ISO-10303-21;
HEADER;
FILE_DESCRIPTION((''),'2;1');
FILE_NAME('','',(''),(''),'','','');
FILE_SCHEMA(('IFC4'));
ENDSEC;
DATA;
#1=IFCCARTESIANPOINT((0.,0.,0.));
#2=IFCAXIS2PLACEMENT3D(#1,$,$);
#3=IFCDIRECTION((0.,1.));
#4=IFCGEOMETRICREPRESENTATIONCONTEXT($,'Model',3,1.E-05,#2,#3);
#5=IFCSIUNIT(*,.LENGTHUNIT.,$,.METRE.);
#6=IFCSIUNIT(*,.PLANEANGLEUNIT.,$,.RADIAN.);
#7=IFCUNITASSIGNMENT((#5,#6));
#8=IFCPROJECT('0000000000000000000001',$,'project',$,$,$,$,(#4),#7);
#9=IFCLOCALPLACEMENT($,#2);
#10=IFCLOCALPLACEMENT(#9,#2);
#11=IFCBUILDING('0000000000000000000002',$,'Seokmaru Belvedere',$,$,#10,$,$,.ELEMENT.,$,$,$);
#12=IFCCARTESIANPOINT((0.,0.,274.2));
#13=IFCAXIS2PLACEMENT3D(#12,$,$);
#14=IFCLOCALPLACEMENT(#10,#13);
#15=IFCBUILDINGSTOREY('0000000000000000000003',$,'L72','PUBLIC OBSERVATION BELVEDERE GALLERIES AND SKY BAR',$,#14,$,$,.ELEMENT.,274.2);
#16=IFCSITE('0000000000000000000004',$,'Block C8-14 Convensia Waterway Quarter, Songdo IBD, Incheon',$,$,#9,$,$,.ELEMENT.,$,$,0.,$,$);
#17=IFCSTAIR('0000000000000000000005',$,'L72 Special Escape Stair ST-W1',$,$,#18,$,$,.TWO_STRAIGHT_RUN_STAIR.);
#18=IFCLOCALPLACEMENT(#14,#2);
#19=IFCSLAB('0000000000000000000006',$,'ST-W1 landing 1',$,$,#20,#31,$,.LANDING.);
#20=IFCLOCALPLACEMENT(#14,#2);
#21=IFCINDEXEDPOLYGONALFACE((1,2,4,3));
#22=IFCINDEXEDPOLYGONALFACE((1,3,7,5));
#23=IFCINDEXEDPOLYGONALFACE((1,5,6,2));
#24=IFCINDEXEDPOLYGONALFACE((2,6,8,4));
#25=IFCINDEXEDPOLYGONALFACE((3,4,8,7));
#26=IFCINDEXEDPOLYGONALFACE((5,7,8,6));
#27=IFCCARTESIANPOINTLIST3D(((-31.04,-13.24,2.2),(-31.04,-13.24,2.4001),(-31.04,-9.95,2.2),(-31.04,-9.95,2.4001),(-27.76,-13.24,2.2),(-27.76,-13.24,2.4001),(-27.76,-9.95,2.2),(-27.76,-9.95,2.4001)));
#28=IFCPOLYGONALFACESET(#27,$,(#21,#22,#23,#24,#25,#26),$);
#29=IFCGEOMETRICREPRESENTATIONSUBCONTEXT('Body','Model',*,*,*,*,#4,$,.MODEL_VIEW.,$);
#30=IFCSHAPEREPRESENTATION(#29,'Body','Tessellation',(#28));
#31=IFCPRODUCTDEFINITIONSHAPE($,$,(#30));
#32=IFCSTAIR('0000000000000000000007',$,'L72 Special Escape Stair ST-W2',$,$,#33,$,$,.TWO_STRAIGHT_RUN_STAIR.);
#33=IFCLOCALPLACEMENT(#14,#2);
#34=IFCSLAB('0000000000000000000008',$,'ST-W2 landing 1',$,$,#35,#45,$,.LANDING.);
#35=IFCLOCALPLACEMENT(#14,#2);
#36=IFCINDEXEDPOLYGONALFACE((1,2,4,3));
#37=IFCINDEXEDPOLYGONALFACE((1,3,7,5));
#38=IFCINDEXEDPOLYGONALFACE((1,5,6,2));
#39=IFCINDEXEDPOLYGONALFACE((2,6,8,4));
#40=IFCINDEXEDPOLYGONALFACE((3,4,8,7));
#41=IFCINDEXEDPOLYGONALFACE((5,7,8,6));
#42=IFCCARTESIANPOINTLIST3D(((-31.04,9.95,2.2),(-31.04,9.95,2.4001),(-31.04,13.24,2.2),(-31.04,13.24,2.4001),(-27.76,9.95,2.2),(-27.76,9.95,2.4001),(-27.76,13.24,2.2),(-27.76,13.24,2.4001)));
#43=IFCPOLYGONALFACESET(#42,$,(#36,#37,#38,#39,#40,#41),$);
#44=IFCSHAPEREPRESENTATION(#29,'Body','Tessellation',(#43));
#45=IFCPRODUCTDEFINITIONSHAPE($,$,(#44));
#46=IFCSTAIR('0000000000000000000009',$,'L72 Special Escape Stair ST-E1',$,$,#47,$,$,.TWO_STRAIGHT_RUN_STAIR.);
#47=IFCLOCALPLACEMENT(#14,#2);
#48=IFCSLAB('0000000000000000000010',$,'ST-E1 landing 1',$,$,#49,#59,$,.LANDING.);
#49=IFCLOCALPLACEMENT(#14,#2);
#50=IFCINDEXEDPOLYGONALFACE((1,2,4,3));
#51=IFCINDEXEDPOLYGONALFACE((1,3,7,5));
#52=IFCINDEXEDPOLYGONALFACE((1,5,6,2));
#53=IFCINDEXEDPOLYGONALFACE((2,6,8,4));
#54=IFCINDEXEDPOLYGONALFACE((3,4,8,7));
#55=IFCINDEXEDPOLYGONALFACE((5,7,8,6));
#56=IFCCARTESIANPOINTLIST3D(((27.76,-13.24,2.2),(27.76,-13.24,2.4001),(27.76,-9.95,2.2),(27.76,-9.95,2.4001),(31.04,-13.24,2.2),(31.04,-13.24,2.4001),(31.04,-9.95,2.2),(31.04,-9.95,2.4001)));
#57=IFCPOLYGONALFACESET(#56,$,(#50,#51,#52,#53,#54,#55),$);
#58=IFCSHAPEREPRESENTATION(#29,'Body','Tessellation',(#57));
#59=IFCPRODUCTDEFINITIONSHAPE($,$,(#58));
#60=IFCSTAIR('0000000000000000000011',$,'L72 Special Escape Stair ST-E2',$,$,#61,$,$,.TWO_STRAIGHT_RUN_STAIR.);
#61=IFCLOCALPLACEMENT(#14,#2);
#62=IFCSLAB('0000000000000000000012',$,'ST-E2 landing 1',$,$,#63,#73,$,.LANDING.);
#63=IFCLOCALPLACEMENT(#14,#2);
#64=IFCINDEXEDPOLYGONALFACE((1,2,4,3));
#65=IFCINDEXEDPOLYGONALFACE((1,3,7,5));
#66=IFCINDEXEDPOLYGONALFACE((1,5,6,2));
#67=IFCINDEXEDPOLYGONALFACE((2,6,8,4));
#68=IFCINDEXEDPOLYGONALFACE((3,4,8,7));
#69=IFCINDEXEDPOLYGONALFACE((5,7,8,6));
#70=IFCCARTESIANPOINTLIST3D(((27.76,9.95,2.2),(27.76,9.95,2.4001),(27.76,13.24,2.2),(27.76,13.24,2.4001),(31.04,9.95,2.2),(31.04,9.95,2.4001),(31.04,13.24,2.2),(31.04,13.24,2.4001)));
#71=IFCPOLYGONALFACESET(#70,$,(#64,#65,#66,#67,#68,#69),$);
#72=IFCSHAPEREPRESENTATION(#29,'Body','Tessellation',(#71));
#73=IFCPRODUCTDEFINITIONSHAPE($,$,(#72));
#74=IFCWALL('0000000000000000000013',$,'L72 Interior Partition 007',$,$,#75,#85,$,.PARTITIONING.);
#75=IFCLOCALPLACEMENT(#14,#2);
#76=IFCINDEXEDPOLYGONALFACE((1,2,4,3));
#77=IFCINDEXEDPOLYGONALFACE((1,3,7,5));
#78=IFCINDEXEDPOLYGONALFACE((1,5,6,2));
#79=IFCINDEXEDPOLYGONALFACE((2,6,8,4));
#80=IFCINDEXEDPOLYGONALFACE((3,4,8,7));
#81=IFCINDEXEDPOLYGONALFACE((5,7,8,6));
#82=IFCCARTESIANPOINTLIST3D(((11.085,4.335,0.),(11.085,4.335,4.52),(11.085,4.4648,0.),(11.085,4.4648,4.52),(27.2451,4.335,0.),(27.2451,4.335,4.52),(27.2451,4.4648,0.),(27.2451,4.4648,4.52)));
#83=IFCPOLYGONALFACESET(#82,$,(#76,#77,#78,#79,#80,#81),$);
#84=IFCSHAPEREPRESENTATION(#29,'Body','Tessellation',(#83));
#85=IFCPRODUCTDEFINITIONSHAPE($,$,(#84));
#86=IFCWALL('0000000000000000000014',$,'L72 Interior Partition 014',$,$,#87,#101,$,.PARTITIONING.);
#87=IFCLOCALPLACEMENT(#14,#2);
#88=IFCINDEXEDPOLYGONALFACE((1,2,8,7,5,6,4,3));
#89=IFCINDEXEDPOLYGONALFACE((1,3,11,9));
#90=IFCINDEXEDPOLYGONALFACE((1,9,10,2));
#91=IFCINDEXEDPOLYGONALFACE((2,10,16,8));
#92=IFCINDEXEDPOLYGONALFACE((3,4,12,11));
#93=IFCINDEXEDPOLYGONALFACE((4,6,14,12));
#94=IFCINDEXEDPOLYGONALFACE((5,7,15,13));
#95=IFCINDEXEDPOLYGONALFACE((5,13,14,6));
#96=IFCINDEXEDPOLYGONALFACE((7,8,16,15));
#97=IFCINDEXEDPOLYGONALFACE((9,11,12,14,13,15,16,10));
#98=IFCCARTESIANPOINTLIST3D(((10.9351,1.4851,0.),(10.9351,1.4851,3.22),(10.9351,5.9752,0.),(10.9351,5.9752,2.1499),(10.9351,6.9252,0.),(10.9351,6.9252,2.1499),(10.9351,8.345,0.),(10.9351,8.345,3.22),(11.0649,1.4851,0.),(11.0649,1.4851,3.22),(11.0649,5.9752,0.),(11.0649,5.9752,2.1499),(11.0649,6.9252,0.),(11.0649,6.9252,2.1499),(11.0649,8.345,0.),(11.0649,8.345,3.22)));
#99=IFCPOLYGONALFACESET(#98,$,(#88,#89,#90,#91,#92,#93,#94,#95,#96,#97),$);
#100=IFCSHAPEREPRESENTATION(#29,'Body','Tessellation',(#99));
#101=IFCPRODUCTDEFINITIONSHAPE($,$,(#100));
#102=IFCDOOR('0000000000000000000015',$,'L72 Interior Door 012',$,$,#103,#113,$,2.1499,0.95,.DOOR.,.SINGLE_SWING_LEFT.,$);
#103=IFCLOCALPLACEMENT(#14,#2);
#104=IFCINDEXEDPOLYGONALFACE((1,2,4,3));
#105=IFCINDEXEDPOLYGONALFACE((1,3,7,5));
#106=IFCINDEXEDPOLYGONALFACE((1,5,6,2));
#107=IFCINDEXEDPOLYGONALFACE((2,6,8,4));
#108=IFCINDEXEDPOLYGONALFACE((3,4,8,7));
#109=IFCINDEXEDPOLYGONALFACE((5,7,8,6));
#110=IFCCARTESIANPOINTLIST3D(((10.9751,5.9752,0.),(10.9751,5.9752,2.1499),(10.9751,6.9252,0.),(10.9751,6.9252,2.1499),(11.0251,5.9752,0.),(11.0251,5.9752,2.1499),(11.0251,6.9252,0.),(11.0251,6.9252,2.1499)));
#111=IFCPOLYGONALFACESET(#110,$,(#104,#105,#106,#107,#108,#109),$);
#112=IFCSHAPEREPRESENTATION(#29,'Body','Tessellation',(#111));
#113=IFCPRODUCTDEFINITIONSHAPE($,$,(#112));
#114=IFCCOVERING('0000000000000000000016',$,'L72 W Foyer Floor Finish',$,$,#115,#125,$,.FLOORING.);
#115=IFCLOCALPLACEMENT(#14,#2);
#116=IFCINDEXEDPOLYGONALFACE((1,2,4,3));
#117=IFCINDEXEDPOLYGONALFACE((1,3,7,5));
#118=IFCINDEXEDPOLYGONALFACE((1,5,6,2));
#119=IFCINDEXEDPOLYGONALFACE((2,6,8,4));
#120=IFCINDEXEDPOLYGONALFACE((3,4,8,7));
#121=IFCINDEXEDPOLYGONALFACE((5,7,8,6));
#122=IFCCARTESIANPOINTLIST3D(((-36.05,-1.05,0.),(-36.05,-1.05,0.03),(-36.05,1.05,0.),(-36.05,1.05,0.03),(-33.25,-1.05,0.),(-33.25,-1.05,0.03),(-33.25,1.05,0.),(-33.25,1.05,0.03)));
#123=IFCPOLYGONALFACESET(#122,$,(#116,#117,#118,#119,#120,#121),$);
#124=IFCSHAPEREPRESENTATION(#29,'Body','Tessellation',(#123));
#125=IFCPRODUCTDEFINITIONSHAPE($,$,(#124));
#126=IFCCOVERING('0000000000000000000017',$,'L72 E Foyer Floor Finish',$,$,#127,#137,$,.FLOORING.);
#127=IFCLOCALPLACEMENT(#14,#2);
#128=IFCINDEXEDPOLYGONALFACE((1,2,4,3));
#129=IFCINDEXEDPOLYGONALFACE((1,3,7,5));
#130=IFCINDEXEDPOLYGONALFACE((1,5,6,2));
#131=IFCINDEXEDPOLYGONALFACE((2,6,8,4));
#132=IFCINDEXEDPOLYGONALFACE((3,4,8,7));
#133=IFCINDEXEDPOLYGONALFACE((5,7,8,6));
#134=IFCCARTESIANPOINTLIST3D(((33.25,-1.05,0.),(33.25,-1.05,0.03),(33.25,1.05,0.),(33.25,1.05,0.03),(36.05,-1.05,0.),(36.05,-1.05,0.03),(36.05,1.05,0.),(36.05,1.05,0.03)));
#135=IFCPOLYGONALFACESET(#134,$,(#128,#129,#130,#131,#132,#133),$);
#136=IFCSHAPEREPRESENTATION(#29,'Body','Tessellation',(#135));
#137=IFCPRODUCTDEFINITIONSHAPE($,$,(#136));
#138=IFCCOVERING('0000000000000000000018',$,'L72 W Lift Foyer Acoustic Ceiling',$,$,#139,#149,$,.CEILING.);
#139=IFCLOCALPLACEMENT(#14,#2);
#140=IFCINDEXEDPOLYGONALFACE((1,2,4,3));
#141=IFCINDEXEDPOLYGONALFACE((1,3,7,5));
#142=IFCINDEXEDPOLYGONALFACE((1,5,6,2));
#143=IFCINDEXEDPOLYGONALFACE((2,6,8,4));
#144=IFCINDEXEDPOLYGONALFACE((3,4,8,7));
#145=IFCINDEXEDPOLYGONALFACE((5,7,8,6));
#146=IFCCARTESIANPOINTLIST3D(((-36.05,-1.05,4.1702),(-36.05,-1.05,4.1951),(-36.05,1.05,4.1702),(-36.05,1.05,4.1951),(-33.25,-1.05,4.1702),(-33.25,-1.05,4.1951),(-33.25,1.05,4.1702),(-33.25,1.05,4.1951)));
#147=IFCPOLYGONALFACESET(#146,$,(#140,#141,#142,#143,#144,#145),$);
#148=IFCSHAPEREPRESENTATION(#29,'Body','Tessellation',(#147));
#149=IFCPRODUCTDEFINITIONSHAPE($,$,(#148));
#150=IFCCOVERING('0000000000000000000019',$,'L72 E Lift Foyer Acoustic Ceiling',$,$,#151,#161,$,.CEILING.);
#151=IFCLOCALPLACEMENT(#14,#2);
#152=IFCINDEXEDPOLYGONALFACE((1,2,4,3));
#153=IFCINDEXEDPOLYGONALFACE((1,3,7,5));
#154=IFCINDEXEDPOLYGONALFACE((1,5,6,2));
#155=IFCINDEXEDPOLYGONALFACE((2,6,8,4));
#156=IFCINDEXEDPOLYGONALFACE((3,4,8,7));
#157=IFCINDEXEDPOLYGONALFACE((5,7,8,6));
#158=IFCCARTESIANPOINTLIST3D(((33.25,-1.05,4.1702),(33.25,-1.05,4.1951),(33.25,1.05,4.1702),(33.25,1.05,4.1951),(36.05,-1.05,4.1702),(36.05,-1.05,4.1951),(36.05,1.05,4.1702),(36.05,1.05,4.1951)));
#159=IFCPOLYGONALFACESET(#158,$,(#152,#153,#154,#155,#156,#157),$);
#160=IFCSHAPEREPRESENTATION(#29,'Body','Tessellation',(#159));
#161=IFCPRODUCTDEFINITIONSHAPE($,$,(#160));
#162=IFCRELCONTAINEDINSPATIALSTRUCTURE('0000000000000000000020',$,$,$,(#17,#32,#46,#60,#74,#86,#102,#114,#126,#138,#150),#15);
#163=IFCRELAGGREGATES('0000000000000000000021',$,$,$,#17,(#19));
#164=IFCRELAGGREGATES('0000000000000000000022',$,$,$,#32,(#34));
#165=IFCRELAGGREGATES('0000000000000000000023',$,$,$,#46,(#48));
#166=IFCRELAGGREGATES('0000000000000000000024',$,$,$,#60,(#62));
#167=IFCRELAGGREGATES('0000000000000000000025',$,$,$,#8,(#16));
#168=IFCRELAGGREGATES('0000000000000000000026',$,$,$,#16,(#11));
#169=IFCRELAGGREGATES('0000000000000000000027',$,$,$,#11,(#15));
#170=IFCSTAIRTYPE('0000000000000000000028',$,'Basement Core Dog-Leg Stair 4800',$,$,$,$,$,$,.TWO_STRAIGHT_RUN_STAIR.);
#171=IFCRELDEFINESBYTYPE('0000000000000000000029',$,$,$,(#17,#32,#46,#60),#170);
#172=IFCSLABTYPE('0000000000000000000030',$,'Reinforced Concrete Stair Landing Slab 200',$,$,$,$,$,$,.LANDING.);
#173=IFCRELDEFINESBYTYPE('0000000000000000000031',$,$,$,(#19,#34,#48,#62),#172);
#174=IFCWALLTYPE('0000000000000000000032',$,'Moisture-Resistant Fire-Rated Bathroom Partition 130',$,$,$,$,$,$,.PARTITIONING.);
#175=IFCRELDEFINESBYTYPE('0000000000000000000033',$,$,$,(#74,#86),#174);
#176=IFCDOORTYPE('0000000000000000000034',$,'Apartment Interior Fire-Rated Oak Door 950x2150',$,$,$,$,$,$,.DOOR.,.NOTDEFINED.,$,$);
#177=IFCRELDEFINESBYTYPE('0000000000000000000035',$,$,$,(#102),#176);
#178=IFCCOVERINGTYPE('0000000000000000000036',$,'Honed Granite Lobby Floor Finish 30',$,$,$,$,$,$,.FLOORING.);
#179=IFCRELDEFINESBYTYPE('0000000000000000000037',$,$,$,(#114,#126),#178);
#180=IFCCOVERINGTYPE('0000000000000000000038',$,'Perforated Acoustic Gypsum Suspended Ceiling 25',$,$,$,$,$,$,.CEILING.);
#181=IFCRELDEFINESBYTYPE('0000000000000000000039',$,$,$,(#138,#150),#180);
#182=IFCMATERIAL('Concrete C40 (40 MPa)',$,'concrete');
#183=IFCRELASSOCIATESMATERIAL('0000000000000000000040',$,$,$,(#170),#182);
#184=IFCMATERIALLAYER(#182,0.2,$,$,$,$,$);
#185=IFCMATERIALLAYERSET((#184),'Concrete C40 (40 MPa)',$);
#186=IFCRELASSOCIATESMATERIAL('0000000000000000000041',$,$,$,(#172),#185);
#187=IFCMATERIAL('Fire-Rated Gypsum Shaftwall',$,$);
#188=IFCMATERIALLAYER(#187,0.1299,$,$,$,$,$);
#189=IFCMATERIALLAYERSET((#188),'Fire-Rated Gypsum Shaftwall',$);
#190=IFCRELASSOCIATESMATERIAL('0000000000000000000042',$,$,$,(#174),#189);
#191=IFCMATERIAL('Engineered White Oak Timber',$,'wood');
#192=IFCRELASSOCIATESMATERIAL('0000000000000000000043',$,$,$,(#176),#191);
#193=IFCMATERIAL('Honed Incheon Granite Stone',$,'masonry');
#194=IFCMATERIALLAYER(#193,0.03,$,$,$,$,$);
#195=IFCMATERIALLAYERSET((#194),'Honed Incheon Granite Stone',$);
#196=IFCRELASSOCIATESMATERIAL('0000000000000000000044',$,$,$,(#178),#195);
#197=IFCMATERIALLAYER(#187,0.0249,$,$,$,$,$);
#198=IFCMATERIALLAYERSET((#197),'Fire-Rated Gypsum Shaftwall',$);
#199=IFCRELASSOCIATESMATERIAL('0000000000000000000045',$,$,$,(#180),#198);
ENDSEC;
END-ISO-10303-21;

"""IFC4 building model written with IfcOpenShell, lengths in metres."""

from ifc_helpers import new_model, si_unit, direction, frame, frame_2d, origin, place, context, subcontext, project, spatial, polyline, rectangle, outline, extrude, source, transform, mapped, material, layer, layer_set, type_object, type_shapes, element, fill, aggregate, save


model = new_model("IFC4")

# Units and contexts
model_context = context("Model", 3, precision=1e-05, world=origin(), true_north=direction((0.0, 1.0)))
body_context = subcontext(model_context, "Body", "Model", "MODEL_VIEW")
ifc_project = project(units=[si_unit("LENGTHUNIT", "METRE"), si_unit("PLANEANGLEUNIT", "RADIAN")], contexts=[model_context])

# Site, building, storey
site_placement = place(None, origin())
site = spatial("IfcSite", under=ifc_project, at=site_placement, Name="Block C8-14 Convensia Waterway Quarter, Songdo IBD, Incheon", CompositionType="ELEMENT", RefElevation=0.0)
building_placement = place(site_placement, origin())
building = spatial("IfcBuilding", under=site, at=building_placement, Name="Seokmaru Belvedere", CompositionType="ELEMENT")
storey_placement = place(building_placement, frame((0.0, 0.0, 274.2)))
storey = spatial("IfcBuildingStorey", under=building, at=storey_placement, Name="L72", Description="PUBLIC OBSERVATION BELVEDERE GALLERIES AND SKY BAR", CompositionType="ELEMENT", Elevation=274.2)

# Stairs, slabs
ifc_material_1 = material(Name="Concrete C40 (40 MPa)", Category="concrete")
stair_type = type_object("IfcStairType", Name="Basement Core Dog-Leg Stair 4800", PredefinedType="TWO_STRAIGHT_RUN_STAIR", material=ifc_material_1)
stair_1_placement = place(storey_placement, origin())
stair_1 = element("IfcStair", 1, at=stair_1_placement, inside=storey, type_object=stair_type, Name="L72 Special Escape Stair ST-W1", PredefinedType="TWO_STRAIGHT_RUN_STAIR")
ifc_layer_1 = layer(ifc_material_1, 0.2)
ifc_layer_set_1 = layer_set([ifc_layer_1], Name="Concrete C40 (40 MPa)")
slab_type = type_object("IfcSlabType", Name="Reinforced Concrete Stair Landing Slab 200", PredefinedType="LANDING", material=ifc_layer_set_1)
slab_1_placement = place(storey_placement, frame((0.0, 0.0, 2.2)))
slab_1 = element("IfcSlab", 2, at=slab_1_placement, type_object=slab_type, Name="ST-W1 landing 1", PredefinedType="LANDING", context=body_context, shape_type="SweptSolid", body=[
    extrude(outline(polyline([(-31.04, -13.24), (-27.76, -13.24), (-27.76, -9.95), (-31.04, -9.95), (-31.04, -13.24)])), origin(), (0.0, 0.0, 1.0), 0.2002),
])
aggregate(stair_1, [slab_1])
stair_2_placement = place(storey_placement, origin())
stair_2 = element("IfcStair", 3, at=stair_2_placement, inside=storey, type_object=stair_type, Name="L72 Special Escape Stair ST-W2", PredefinedType="TWO_STRAIGHT_RUN_STAIR")
slab_2_placement = place(storey_placement, frame((0.0, 0.0, 2.2)))
slab_2 = element("IfcSlab", 4, at=slab_2_placement, type_object=slab_type, Name="ST-W2 landing 1", PredefinedType="LANDING", context=body_context, shape_type="SweptSolid", body=[
    extrude(outline(polyline([(-31.04, 9.95), (-27.76, 9.95), (-27.76, 13.24), (-31.04, 13.24), (-31.04, 9.95)])), origin(), (0.0, 0.0, 1.0), 0.2002),
])
aggregate(stair_2, [slab_2])
stair_3_placement = place(storey_placement, origin())
stair_3 = element("IfcStair", 5, at=stair_3_placement, inside=storey, type_object=stair_type, Name="L72 Special Escape Stair ST-E1", PredefinedType="TWO_STRAIGHT_RUN_STAIR")
slab_3_placement = place(storey_placement, frame((0.0, 0.0, 2.2)))
slab_3 = element("IfcSlab", 6, at=slab_3_placement, type_object=slab_type, Name="ST-E1 landing 1", PredefinedType="LANDING", context=body_context, shape_type="SweptSolid", body=[
    extrude(outline(polyline([(27.76, -13.24), (31.04, -13.24), (31.04, -9.95), (27.76, -9.95), (27.76, -13.24)])), origin(), (0.0, 0.0, 1.0), 0.2002),
])
aggregate(stair_3, [slab_3])
stair_4_placement = place(storey_placement, origin())
stair_4 = element("IfcStair", 7, at=stair_4_placement, inside=storey, type_object=stair_type, Name="L72 Special Escape Stair ST-E2", PredefinedType="TWO_STRAIGHT_RUN_STAIR")
slab_4_placement = place(storey_placement, frame((0.0, 0.0, 2.2)))
slab_4 = element("IfcSlab", 8, at=slab_4_placement, type_object=slab_type, Name="ST-E2 landing 1", PredefinedType="LANDING", context=body_context, shape_type="SweptSolid", body=[
    extrude(outline(polyline([(27.76, 9.95), (31.04, 9.95), (31.04, 13.24), (27.76, 13.24), (27.76, 9.95)])), origin(), (0.0, 0.0, 1.0), 0.2002),
])
aggregate(stair_4, [slab_4])

# Wall
ifc_material_2 = material(Name="Fire-Rated Gypsum Shaftwall")
ifc_layer_2 = layer(ifc_material_2, 0.1299)
ifc_layer_set_2 = layer_set([ifc_layer_2], Name="Fire-Rated Gypsum Shaftwall")
wall_type = type_object("IfcWallType", Name="Moisture-Resistant Fire-Rated Bathroom Partition 130", PredefinedType="PARTITIONING", material=ifc_layer_set_2)
wall_1_placement = place(storey_placement, frame((11.085, 4.3999, 0.0), z_axis=(0.0, 0.0, 1.0), x_axis=(1.0, 0.0, 0.0)))
element("IfcWall", 9, at=wall_1_placement, inside=storey, type_object=wall_type, Name="L72 Interior Partition 007", PredefinedType="PARTITIONING", context=body_context, shape_type="SweptSolid", body=[
    extrude(rectangle(XDim=16.1602, YDim=0.1299, at=frame_2d((8.0801, 0.0))), origin(), (0.0, 0.0, 1.0), 4.52),
])

# Wall, opening, door
wall_2_placement = place(storey_placement, frame((11.0, 1.4851, 0.0), z_axis=(0.0, 0.0, 1.0), x_axis=(0.0, 1.0, 0.0)))
wall_2 = element("IfcWall", 10, at=wall_2_placement, inside=storey, type_object=wall_type, Name="L72 Interior Partition 014", PredefinedType="PARTITIONING", context=body_context, shape_type="SweptSolid", body=[
    extrude(rectangle(XDim=6.8599, YDim=0.1299, at=frame_2d((3.4299, 0.0))), origin(), (0.0, 0.0, 1.0), 3.22),
])
opening_placement = place(wall_2_placement, frame((4.49, 0.0, 0.0)))
opening = element("IfcOpeningElement", 11, at=opening_placement, cuts=wall_2, PredefinedType="OPENING", context=body_context, shape_type="SweptSolid", body=[
    extrude(rectangle(XDim=0.95, YDim=2.1499, at=frame_2d((0.4751, 1.075))), frame((0.0, 0.075, 0.0), z_axis=(0.0, -1.0, 0.0), x_axis=(1.0, 0.0, 0.0)), (0.0, 0.0, 1.0), 0.1499),
])
ifc_material_3 = material(Name="Engineered White Oak Timber", Category="wood")
door_type = type_object("IfcDoorType", Name="Apartment Interior Fire-Rated Oak Door 950x2150", OperationType="NOTDEFINED", PredefinedType="DOOR", material=ifc_material_3)
shared_shape_1 = source(origin(), body_context, "Body", "SweptSolid", [
    extrude(rectangle(XDim=0.95, YDim=2.1499, at=frame_2d((0.4751, 1.075))), frame((0.0, 0.0249, 0.0), z_axis=(0.0, -1.0, 0.0), x_axis=(1.0, 0.0, 0.0)), (0.0, 0.0, 1.0), 0.05),
])
type_shapes(door_type, [shared_shape_1])
door_placement = place(opening_placement, origin())
door = element("IfcDoor", 12, at=door_placement, inside=storey, type_object=door_type, Name="L72 Interior Door 012", OperationType="SINGLE_SWING_LEFT", OverallHeight=2.1499, OverallWidth=0.95, PredefinedType="DOOR", context=body_context, shape_type="MappedRepresentation", body=[
    mapped(shared_shape_1, transform((0.0, 0.0, 0.0), scale=1.0)),
])
fill(opening, door)

# Coverings
ifc_material_4 = material(Name="Honed Incheon Granite Stone", Category="masonry")
ifc_layer_3 = layer(ifc_material_4, 0.03)
ifc_layer_set_3 = layer_set([ifc_layer_3], Name="Honed Incheon Granite Stone")
covering_type_1 = type_object("IfcCoveringType", Name="Honed Granite Lobby Floor Finish 30", PredefinedType="FLOORING", material=ifc_layer_set_3)
covering_1_placement = place(storey_placement, origin())
element("IfcCovering", 13, at=covering_1_placement, inside=storey, type_object=covering_type_1, Name="L72 W Foyer Floor Finish", PredefinedType="FLOORING", context=body_context, shape_type="SweptSolid", body=[
    extrude(outline(polyline([(-36.05, -1.05), (-33.25, -1.05), (-33.25, 1.05), (-36.05, 1.05), (-36.05, -1.05)])), origin(), (0.0, 0.0, 1.0), 0.03),
])
covering_2_placement = place(storey_placement, origin())
element("IfcCovering", 14, at=covering_2_placement, inside=storey, type_object=covering_type_1, Name="L72 E Foyer Floor Finish", PredefinedType="FLOORING", context=body_context, shape_type="SweptSolid", body=[
    extrude(outline(polyline([(33.25, -1.05), (36.05, -1.05), (36.05, 1.05), (33.25, 1.05), (33.25, -1.05)])), origin(), (0.0, 0.0, 1.0), 0.03),
])
ifc_layer_4 = layer(ifc_material_2, 0.0249)
ifc_layer_set_4 = layer_set([ifc_layer_4], Name="Fire-Rated Gypsum Shaftwall")
covering_type_2 = type_object("IfcCoveringType", Name="Perforated Acoustic Gypsum Suspended Ceiling 25", PredefinedType="CEILING", material=ifc_layer_set_4)
covering_3_placement = place(storey_placement, frame((0.0, 0.0, 4.1702)))
element("IfcCovering", 15, at=covering_3_placement, inside=storey, type_object=covering_type_2, Name="L72 W Lift Foyer Acoustic Ceiling", PredefinedType="CEILING", context=body_context, shape_type="SweptSolid", body=[
    extrude(outline(polyline([(-36.05, -1.05), (-33.25, -1.05), (-33.25, 1.05), (-36.05, 1.05), (-36.05, -1.05)])), origin(), (0.0, 0.0, 1.0), 0.0249),
])
covering_4_placement = place(storey_placement, frame((0.0, 0.0, 4.1702)))
element("IfcCovering", 16, at=covering_4_placement, inside=storey, type_object=covering_type_2, Name="L72 E Lift Foyer Acoustic Ceiling", PredefinedType="CEILING", context=body_context, shape_type="SweptSolid", body=[
    extrude(outline(polyline([(33.25, -1.05), (36.05, -1.05), (36.05, 1.05), (33.25, 1.05), (33.25, -1.05)])), origin(), (0.0, 0.0, 1.0), 0.0249),
])

save(model, "model.ifc")
